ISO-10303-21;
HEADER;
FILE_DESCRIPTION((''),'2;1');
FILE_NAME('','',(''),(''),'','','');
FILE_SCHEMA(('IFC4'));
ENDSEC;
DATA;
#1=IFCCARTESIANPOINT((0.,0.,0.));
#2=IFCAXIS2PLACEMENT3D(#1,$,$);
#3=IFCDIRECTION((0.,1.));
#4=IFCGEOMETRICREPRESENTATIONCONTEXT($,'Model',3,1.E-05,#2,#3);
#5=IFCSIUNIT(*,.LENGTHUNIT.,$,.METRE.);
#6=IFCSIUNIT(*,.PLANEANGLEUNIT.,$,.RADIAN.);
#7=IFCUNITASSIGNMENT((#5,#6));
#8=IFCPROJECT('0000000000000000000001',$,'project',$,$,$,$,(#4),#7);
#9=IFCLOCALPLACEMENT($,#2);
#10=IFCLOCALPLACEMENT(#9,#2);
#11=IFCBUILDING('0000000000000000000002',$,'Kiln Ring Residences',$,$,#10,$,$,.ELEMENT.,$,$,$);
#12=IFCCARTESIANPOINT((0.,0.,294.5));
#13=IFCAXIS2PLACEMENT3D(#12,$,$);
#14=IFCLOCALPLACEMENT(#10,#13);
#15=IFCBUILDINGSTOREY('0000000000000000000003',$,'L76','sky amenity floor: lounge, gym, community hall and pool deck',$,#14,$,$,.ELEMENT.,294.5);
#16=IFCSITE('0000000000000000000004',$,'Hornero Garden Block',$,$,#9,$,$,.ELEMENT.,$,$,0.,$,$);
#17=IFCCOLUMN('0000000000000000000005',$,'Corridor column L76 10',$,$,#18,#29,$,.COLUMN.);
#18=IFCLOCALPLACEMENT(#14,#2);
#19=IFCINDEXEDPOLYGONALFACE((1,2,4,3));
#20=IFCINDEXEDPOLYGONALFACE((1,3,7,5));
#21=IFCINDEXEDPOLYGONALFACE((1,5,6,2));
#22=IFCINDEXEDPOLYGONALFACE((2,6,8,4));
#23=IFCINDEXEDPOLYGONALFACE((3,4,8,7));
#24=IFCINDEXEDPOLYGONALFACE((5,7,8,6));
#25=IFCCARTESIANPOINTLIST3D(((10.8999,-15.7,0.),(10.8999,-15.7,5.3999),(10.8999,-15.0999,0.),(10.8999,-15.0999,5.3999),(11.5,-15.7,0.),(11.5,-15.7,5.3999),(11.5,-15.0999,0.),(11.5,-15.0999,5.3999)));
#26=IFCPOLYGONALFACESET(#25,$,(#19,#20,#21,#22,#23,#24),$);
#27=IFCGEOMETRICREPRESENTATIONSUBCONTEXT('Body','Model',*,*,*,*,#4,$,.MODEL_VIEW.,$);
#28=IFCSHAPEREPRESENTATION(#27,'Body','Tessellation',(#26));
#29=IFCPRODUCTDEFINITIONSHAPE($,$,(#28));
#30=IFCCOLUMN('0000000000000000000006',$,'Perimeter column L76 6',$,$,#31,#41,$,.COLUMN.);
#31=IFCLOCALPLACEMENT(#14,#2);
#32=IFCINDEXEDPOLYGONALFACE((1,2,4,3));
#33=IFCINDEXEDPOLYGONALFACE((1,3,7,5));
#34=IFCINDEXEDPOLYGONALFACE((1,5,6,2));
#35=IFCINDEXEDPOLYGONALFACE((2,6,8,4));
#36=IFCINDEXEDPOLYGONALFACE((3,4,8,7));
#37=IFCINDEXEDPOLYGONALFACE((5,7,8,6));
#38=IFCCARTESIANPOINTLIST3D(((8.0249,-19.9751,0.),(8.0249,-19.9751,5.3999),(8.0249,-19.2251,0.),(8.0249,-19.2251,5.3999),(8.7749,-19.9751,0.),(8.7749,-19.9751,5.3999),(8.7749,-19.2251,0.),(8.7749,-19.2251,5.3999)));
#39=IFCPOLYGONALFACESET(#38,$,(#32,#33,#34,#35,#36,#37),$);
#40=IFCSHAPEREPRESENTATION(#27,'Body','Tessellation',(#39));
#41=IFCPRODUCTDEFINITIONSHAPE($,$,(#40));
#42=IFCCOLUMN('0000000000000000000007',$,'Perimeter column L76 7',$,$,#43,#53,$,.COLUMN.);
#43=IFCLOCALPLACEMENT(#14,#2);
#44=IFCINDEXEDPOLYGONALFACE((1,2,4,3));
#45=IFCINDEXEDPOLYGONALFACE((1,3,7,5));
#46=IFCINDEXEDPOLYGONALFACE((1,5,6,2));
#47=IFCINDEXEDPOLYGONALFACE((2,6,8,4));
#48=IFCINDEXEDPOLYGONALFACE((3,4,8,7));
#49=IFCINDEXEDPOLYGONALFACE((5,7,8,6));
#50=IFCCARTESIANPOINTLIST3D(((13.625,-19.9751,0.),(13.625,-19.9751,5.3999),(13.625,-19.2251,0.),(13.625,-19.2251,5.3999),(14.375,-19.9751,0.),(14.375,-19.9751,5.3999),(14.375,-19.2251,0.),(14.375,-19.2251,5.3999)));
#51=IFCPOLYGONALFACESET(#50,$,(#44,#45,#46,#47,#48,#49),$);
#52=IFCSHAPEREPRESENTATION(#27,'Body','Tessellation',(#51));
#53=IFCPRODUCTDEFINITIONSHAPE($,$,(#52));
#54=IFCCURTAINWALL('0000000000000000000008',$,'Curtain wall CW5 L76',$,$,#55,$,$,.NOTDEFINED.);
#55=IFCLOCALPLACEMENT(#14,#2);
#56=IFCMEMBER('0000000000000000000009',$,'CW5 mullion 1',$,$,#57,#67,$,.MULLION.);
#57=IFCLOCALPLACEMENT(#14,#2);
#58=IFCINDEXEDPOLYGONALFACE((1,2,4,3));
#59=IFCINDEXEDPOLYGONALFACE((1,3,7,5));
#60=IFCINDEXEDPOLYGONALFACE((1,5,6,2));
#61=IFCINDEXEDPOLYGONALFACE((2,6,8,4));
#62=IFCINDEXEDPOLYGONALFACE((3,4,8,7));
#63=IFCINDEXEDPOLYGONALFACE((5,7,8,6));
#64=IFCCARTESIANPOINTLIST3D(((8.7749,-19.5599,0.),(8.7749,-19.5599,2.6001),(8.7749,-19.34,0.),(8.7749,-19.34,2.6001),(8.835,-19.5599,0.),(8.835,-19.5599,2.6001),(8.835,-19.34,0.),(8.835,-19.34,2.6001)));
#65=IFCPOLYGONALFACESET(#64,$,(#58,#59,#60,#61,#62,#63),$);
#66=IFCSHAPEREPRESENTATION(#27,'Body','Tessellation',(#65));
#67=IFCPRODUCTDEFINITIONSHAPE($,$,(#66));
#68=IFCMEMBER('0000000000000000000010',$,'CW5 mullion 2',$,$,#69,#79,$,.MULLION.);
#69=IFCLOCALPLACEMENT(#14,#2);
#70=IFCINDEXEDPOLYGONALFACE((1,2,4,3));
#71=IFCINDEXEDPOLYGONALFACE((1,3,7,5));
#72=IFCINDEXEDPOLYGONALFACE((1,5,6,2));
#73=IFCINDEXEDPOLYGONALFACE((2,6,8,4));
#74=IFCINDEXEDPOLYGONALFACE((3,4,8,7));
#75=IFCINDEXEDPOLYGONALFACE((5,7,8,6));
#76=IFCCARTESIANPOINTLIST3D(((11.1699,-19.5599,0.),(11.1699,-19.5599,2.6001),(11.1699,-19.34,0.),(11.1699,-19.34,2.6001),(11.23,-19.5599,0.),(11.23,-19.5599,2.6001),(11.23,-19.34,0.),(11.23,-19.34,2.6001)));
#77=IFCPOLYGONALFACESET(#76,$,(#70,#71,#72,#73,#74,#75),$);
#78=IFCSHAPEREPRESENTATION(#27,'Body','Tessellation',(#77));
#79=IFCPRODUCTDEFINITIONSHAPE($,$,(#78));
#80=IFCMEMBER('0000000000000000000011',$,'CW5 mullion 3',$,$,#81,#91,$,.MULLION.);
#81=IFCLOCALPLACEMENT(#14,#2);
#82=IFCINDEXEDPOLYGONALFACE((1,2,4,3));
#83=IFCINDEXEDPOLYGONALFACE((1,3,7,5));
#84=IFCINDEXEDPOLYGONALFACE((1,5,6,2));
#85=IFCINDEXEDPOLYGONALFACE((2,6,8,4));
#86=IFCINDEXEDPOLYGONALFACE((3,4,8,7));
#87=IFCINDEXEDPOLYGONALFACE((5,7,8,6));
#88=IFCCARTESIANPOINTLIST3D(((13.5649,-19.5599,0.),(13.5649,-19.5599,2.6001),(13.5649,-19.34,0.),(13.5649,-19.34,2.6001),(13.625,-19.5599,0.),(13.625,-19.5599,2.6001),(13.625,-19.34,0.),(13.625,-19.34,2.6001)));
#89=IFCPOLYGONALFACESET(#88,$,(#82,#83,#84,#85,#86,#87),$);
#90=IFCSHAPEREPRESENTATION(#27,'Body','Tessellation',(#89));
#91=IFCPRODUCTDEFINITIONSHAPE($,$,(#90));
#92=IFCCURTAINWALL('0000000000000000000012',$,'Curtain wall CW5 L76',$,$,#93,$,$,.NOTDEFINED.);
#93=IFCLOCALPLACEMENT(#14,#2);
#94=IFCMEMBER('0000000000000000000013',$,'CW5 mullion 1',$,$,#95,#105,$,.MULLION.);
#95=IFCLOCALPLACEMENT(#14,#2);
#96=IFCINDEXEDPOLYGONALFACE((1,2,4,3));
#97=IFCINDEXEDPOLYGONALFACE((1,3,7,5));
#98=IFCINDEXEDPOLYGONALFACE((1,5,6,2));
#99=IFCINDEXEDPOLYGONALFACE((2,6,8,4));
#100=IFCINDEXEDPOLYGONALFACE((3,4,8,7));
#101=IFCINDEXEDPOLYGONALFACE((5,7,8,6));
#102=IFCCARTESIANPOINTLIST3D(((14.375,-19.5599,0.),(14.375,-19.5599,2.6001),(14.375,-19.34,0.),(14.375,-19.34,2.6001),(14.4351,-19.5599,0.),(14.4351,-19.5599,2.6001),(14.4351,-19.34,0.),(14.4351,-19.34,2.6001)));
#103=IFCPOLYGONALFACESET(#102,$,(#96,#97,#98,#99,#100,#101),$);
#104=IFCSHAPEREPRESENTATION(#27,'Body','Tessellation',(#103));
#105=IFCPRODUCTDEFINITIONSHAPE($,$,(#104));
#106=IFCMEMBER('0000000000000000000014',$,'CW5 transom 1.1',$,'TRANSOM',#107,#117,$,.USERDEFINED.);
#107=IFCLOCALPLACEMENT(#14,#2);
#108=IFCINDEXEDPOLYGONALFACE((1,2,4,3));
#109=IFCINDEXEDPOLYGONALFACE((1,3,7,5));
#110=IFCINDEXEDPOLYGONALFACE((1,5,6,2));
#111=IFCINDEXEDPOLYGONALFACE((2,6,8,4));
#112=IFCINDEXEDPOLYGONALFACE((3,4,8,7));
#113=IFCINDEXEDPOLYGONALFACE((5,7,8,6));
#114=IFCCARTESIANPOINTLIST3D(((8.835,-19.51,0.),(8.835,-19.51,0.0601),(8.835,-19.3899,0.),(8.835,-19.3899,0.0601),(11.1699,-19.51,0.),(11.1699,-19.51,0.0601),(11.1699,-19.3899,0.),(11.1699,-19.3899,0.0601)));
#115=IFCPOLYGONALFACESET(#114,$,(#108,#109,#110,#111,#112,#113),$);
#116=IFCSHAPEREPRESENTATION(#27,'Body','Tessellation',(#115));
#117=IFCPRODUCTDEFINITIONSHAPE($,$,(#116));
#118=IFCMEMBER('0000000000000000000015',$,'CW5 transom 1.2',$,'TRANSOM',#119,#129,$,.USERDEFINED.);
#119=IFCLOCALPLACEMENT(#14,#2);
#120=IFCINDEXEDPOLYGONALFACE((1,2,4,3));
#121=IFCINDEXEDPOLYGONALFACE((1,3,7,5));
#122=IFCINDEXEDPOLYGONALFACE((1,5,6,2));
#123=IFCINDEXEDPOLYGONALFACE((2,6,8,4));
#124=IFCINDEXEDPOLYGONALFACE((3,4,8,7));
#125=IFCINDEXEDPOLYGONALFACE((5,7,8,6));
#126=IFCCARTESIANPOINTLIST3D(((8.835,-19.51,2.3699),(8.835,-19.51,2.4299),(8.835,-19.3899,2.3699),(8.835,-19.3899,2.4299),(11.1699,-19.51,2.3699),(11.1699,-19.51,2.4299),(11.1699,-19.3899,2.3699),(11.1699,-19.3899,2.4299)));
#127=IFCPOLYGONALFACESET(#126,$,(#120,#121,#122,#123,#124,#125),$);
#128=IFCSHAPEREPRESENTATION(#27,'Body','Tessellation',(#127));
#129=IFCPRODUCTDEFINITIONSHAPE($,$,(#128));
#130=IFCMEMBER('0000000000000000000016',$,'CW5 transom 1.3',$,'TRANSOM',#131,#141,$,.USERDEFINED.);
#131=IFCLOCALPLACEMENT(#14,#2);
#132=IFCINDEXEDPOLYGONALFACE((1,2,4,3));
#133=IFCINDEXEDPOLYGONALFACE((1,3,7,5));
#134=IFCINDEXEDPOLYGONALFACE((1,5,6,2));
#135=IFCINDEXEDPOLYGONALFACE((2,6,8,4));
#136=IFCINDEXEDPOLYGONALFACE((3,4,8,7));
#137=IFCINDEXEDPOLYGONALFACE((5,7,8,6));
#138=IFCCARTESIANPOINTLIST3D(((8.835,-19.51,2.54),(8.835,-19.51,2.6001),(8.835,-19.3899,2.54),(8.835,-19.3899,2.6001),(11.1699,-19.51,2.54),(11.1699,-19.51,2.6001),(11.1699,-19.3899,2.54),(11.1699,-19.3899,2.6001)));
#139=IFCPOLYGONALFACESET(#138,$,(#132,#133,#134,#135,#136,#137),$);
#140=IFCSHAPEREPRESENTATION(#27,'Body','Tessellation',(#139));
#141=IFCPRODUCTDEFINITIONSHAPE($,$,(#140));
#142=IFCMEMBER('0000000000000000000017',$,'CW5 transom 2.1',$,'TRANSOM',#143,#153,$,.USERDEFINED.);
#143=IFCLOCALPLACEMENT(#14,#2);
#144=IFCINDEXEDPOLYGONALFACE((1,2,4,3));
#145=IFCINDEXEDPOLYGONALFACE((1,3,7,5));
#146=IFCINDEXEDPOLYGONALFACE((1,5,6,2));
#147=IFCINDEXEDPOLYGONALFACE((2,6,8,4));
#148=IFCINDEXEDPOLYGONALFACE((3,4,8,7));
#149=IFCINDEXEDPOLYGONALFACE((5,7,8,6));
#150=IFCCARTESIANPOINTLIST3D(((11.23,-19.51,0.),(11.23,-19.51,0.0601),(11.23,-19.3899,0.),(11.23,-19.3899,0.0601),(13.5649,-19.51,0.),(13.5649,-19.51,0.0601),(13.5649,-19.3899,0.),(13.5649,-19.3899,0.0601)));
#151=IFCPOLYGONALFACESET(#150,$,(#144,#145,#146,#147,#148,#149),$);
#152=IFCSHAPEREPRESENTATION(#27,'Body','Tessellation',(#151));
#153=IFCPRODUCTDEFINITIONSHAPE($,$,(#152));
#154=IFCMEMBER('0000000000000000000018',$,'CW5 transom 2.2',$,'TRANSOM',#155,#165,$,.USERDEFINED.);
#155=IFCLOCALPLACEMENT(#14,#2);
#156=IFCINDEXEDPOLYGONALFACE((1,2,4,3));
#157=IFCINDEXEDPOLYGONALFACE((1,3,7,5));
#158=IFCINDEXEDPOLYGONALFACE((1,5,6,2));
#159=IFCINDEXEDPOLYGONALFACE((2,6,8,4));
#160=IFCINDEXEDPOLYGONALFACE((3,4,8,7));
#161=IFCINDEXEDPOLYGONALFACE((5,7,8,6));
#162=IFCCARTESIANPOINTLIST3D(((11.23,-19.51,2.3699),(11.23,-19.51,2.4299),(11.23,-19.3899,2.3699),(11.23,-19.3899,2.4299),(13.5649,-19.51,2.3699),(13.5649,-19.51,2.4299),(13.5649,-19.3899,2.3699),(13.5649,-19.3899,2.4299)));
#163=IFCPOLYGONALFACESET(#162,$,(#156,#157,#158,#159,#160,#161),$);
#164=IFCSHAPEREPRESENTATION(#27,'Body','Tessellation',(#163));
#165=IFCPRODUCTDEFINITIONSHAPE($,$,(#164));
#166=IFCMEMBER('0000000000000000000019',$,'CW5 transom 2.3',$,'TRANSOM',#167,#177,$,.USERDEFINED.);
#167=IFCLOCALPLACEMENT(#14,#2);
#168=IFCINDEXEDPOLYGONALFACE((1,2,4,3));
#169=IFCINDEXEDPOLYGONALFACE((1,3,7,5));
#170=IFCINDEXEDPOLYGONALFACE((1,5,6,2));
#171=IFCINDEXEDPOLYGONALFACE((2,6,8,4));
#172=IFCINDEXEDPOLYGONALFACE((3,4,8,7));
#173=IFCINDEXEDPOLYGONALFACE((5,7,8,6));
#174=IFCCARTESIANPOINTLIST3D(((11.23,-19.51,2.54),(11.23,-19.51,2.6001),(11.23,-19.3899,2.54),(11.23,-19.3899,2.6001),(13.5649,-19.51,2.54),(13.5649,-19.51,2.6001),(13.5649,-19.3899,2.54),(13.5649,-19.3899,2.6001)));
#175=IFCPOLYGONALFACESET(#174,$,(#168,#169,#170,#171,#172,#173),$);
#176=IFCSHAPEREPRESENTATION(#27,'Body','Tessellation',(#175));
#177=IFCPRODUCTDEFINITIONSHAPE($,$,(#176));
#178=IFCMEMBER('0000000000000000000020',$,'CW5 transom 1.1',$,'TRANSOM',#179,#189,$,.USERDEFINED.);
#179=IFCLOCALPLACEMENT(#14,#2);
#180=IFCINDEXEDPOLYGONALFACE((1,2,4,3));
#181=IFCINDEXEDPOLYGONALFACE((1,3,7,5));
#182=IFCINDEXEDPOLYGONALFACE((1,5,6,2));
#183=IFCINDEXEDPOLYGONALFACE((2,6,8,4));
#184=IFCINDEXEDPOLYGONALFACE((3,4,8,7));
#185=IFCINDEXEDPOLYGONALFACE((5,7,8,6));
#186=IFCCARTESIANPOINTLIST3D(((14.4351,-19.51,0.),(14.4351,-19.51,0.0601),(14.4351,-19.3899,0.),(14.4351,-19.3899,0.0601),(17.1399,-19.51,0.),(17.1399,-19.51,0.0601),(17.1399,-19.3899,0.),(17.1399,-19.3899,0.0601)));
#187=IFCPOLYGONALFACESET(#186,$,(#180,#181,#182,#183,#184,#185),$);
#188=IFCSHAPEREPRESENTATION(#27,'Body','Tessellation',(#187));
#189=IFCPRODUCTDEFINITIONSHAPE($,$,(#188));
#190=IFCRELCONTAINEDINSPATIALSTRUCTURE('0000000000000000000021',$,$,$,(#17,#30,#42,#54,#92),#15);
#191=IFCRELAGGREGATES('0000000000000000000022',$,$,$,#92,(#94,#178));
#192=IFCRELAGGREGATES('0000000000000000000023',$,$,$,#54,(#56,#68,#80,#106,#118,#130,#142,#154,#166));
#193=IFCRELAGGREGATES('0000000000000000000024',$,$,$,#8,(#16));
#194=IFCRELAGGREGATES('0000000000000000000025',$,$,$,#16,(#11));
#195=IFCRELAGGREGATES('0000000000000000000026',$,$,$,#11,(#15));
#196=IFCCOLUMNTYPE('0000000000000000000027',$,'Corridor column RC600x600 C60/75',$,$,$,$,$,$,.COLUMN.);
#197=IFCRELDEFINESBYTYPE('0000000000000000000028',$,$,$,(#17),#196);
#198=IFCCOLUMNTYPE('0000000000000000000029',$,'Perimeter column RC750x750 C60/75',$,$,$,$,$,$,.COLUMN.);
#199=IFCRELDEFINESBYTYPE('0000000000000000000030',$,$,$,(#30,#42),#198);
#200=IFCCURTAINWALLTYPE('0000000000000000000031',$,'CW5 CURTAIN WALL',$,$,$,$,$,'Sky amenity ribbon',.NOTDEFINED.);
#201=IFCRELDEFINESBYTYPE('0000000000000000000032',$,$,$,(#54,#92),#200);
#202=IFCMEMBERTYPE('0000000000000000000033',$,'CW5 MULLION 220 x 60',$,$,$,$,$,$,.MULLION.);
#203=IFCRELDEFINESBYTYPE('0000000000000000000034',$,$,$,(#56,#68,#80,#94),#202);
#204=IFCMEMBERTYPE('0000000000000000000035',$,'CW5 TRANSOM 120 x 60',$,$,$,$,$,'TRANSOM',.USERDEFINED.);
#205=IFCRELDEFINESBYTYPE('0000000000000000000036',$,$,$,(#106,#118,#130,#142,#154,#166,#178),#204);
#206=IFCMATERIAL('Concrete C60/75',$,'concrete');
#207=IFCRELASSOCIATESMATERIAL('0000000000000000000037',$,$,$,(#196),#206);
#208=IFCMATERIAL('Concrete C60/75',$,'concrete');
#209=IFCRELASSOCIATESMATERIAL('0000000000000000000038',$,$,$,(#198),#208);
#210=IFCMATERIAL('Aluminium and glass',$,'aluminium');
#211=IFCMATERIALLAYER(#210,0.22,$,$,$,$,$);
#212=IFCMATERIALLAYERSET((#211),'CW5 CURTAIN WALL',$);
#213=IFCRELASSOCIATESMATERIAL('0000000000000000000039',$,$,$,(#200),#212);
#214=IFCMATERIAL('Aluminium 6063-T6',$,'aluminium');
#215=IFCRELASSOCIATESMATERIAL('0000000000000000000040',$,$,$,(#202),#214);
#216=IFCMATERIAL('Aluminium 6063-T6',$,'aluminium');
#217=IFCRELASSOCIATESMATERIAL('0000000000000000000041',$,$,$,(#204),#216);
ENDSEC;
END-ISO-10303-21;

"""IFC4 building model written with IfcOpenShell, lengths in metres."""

from ifc_helpers import new_model, si_unit, direction, frame, origin, origin_2d, place, context, subcontext, project, spatial, rectangle, extrude, material, layer, layer_set, material_profile, profile_set, type_object, element, aggregate, save


model = new_model("IFC4")

# Units and contexts
model_context = context("Model", 3, precision=1e-05, world=origin(), true_north=direction((0.0, 1.0)))
body_context = subcontext(model_context, "Body", "Model", "MODEL_VIEW")
ifc_project = project(units=[si_unit("LENGTHUNIT", "METRE"), si_unit("PLANEANGLEUNIT", "RADIAN")], contexts=[model_context])

# Site, building, storey
site_placement = place(None, origin())
site = spatial("IfcSite", under=ifc_project, at=site_placement, Name="Hornero Garden Block", CompositionType="ELEMENT", RefElevation=0.0)
building_placement = place(site_placement, origin())
building = spatial("IfcBuilding", under=site, at=building_placement, Name="Kiln Ring Residences", CompositionType="ELEMENT")
storey_placement = place(building_placement, frame((0.0, 0.0, 294.5)))
storey = spatial("IfcBuildingStorey", under=building, at=storey_placement, Name="L76", Description="sky amenity floor: lounge, gym, community hall and pool deck", CompositionType="ELEMENT", Elevation=294.5)

# Columns
ifc_material_1 = material(Name="Concrete C60/75", Category="concrete")
ifc_material_profile_1 = material_profile(ifc_material_1, rectangle(XDim=0.6001, YDim=0.6001, at=origin_2d()), Name="RC600x600")
ifc_profile_set_1 = profile_set([ifc_material_profile_1], Name="Concrete C60/75")
column_type_1 = type_object("IfcColumnType", Name="Corridor column RC600x600 C60/75", PredefinedType="COLUMN", material=ifc_profile_set_1)
column_placement = place(storey_placement, frame((11.2, -15.3999, 0.0), z_axis=(0.0, 0.0, 1.0), x_axis=(1.0, 0.0, 0.0)))
element("IfcColumn", 1, at=column_placement, inside=storey, type_object=column_type_1, Name="Corridor column L76 10", PredefinedType="COLUMN", context=body_context, shape_type="SweptSolid", body=[
    extrude(rectangle(XDim=0.6001, YDim=0.6001, at=origin_2d()), origin(), (0.0, 0.0, 1.0), 5.3999),
])
ifc_material_2 = material(Name="Concrete C60/75", Category="concrete")
ifc_material_profile_2 = material_profile(ifc_material_2, rectangle(XDim=0.75, YDim=0.75, at=origin_2d()), Name="RC750x750")
ifc_profile_set_2 = profile_set([ifc_material_profile_2], Name="Concrete C60/75")
column_type_2 = type_object("IfcColumnType", Name="Perimeter column RC750x750 C60/75", PredefinedType="COLUMN", material=ifc_profile_set_2)
for number, where, z_axis, x_axis, name in (
    (2, (8.3999, -19.6001, 0.0), (0.0, 0.0, 1.0), (1.0, 0.0, 0.0), "Perimeter column L76 6"),
    (3, (14.0, -19.6001, 0.0), (0.0, 0.0, 1.0), (1.0, 0.0, 0.0), "Perimeter column L76 7"),
):
    element("IfcColumn", number, at=place(storey_placement, frame(where, z_axis=z_axis, x_axis=x_axis)), inside=storey, type_object=column_type_2, Name=name, PredefinedType="COLUMN", context=body_context, shape_type="SweptSolid", body=[
        extrude(rectangle(XDim=0.75, YDim=0.75, at=origin_2d()), origin(), (0.0, 0.0, 1.0), 5.3999),
    ])

# Curtain wall, members
ifc_material_3 = material(Name="Aluminium and glass", Category="aluminium")
ifc_layer_1 = layer(ifc_material_3, 0.22)
ifc_layer_set_1 = layer_set([ifc_layer_1], Name="CW5 CURTAIN WALL")
curtain_wall_type = type_object("IfcCurtainWallType", Name="CW5 CURTAIN WALL", ElementType="Sky amenity ribbon", PredefinedType="NOTDEFINED", material=ifc_layer_set_1)
placement = place(storey_placement, origin())
curtain_wall_1 = element("IfcCurtainWall", 4, at=placement, inside=storey, type_object=curtain_wall_type, Name="Curtain wall CW5 L76", PredefinedType="NOTDEFINED")
ifc_material_4 = material(Name="Aluminium 6063-T6", Category="aluminium")
ifc_material_profile_3 = material_profile(ifc_material_4, rectangle(XDim=0.22, YDim=0.0601, at=origin_2d()), Name="AL 220x60")
ifc_profile_set_3 = profile_set([ifc_material_profile_3], Name="Aluminium 6063-T6")
member_type_1 = type_object("IfcMemberType", Name="CW5 MULLION 220 x 60", PredefinedType="MULLION", material=ifc_profile_set_3)
member_1_placement = place(storey_placement, frame((8.8049, -19.45, 0.0), z_axis=(0.0, 0.0, 1.0), x_axis=(0.0, 1.0, 0.0)))
member_1 = element("IfcMember", 5, at=member_1_placement, type_object=member_type_1, Name="CW5 mullion 1", PredefinedType="MULLION", context=body_context, shape_type="SweptSolid", body=[
    extrude(rectangle(XDim=0.22, YDim=0.0601, at=origin_2d()), origin(), (0.0, 0.0, 1.0), 2.6001),
])
member_2_placement = place(storey_placement, frame((11.2, -19.45, 0.0), z_axis=(0.0, 0.0, 1.0), x_axis=(0.0, 1.0, 0.0)))
member_2 = element("IfcMember", 6, at=member_2_placement, type_object=member_type_1, Name="CW5 mullion 2", PredefinedType="MULLION", context=body_context, shape_type="SweptSolid", body=[
    extrude(rectangle(XDim=0.22, YDim=0.0601, at=origin_2d()), origin(), (0.0, 0.0, 1.0), 2.6001),
])
member_3_placement = place(storey_placement, frame((13.595, -19.45, 0.0), z_axis=(0.0, 0.0, 1.0), x_axis=(0.0, 1.0, 0.0)))
member_3 = element("IfcMember", 7, at=member_3_placement, type_object=member_type_1, Name="CW5 mullion 3", PredefinedType="MULLION", context=body_context, shape_type="SweptSolid", body=[
    extrude(rectangle(XDim=0.22, YDim=0.0601, at=origin_2d()), origin(), (0.0, 0.0, 1.0), 2.6001),
])

# Curtain wall, member
curtain_wall_2 = element("IfcCurtainWall", 8, at=placement, inside=storey, type_object=curtain_wall_type, Name="Curtain wall CW5 L76", PredefinedType="NOTDEFINED")
member_4_placement = place(storey_placement, frame((14.405, -19.45, 0.0), z_axis=(0.0, 0.0, 1.0), x_axis=(0.0, 1.0, 0.0)))
member_4 = element("IfcMember", 9, at=member_4_placement, type_object=member_type_1, Name="CW5 mullion 1", PredefinedType="MULLION", context=body_context, shape_type="SweptSolid", body=[
    extrude(rectangle(XDim=0.22, YDim=0.0601, at=origin_2d()), origin(), (0.0, 0.0, 1.0), 2.6001),
])

# Members
ifc_material_5 = material(Name="Aluminium 6063-T6", Category="aluminium")
ifc_material_profile_4 = material_profile(ifc_material_5, rectangle(XDim=0.1201, YDim=0.0601, at=origin_2d()), Name="AL 120x60")
ifc_profile_set_4 = profile_set([ifc_material_profile_4], Name="Aluminium 6063-T6")
member_type_2 = type_object("IfcMemberType", Name="CW5 TRANSOM 120 x 60", ElementType="TRANSOM", PredefinedType="USERDEFINED", material=ifc_profile_set_4)
member_5_placement = place(storey_placement, frame((8.835, -19.45, 0.03), z_axis=(1.0, 0.0, 0.0), x_axis=(0.0, 1.0, 0.0)))
member_5 = element("IfcMember", 10, at=member_5_placement, type_object=member_type_2, Name="CW5 transom 1.1", ObjectType="TRANSOM", PredefinedType="USERDEFINED", context=body_context, shape_type="SweptSolid", body=[
    extrude(rectangle(XDim=0.1201, YDim=0.0601, at=origin_2d()), origin(), (0.0, 0.0, 1.0), 2.335),
])
member_6_placement = place(storey_placement, frame((8.835, -19.45, 2.3999), z_axis=(1.0, 0.0, 0.0), x_axis=(0.0, 1.0, 0.0)))
member_6 = element("IfcMember", 11, at=member_6_placement, type_object=member_type_2, Name="CW5 transom 1.2", ObjectType="TRANSOM", PredefinedType="USERDEFINED", context=body_context, shape_type="SweptSolid", body=[
    extrude(rectangle(XDim=0.1201, YDim=0.0601, at=origin_2d()), origin(), (0.0, 0.0, 1.0), 2.335),
])
member_7_placement = place(storey_placement, frame((8.835, -19.45, 2.5701), z_axis=(1.0, 0.0, 0.0), x_axis=(0.0, 1.0, 0.0)))
member_7 = element("IfcMember", 12, at=member_7_placement, type_object=member_type_2, Name="CW5 transom 1.3", ObjectType="TRANSOM", PredefinedType="USERDEFINED", context=body_context, shape_type="SweptSolid", body=[
    extrude(rectangle(XDim=0.1201, YDim=0.0601, at=origin_2d()), origin(), (0.0, 0.0, 1.0), 2.335),
])
member_8_placement = place(storey_placement, frame((11.23, -19.45, 0.03), z_axis=(1.0, 0.0, 0.0), x_axis=(0.0, 1.0, 0.0)))
member_8 = element("IfcMember", 13, at=member_8_placement, type_object=member_type_2, Name="CW5 transom 2.1", ObjectType="TRANSOM", PredefinedType="USERDEFINED", context=body_context, shape_type="SweptSolid", body=[
    extrude(rectangle(XDim=0.1201, YDim=0.0601, at=origin_2d()), origin(), (0.0, 0.0, 1.0), 2.335),
])
member_9_placement = place(storey_placement, frame((11.23, -19.45, 2.3999), z_axis=(1.0, 0.0, 0.0), x_axis=(0.0, 1.0, 0.0)))
member_9 = element("IfcMember", 14, at=member_9_placement, type_object=member_type_2, Name="CW5 transom 2.2", ObjectType="TRANSOM", PredefinedType="USERDEFINED", context=body_context, shape_type="SweptSolid", body=[
    extrude(rectangle(XDim=0.1201, YDim=0.0601, at=origin_2d()), origin(), (0.0, 0.0, 1.0), 2.335),
])
member_10_placement = place(storey_placement, frame((11.23, -19.45, 2.5701), z_axis=(1.0, 0.0, 0.0), x_axis=(0.0, 1.0, 0.0)))
member_10 = element("IfcMember", 15, at=member_10_placement, type_object=member_type_2, Name="CW5 transom 2.3", ObjectType="TRANSOM", PredefinedType="USERDEFINED", context=body_context, shape_type="SweptSolid", body=[
    extrude(rectangle(XDim=0.1201, YDim=0.0601, at=origin_2d()), origin(), (0.0, 0.0, 1.0), 2.335),
])
member_11_placement = place(storey_placement, frame((14.4351, -19.45, 0.03), z_axis=(1.0, 0.0, 0.0), x_axis=(0.0, 1.0, 0.0)))
member_11 = element("IfcMember", 16, at=member_11_placement, type_object=member_type_2, Name="CW5 transom 1.1", ObjectType="TRANSOM", PredefinedType="USERDEFINED", context=body_context, shape_type="SweptSolid", body=[
    extrude(rectangle(XDim=0.1201, YDim=0.0601, at=origin_2d()), origin(), (0.0, 0.0, 1.0), 2.7048),
])
aggregate(curtain_wall_2, [member_4, member_11])

aggregate(curtain_wall_1, [member_1, member_2, member_3, member_5, member_6, member_7, member_8, member_9, member_10])

save(model, "model.ifc")
